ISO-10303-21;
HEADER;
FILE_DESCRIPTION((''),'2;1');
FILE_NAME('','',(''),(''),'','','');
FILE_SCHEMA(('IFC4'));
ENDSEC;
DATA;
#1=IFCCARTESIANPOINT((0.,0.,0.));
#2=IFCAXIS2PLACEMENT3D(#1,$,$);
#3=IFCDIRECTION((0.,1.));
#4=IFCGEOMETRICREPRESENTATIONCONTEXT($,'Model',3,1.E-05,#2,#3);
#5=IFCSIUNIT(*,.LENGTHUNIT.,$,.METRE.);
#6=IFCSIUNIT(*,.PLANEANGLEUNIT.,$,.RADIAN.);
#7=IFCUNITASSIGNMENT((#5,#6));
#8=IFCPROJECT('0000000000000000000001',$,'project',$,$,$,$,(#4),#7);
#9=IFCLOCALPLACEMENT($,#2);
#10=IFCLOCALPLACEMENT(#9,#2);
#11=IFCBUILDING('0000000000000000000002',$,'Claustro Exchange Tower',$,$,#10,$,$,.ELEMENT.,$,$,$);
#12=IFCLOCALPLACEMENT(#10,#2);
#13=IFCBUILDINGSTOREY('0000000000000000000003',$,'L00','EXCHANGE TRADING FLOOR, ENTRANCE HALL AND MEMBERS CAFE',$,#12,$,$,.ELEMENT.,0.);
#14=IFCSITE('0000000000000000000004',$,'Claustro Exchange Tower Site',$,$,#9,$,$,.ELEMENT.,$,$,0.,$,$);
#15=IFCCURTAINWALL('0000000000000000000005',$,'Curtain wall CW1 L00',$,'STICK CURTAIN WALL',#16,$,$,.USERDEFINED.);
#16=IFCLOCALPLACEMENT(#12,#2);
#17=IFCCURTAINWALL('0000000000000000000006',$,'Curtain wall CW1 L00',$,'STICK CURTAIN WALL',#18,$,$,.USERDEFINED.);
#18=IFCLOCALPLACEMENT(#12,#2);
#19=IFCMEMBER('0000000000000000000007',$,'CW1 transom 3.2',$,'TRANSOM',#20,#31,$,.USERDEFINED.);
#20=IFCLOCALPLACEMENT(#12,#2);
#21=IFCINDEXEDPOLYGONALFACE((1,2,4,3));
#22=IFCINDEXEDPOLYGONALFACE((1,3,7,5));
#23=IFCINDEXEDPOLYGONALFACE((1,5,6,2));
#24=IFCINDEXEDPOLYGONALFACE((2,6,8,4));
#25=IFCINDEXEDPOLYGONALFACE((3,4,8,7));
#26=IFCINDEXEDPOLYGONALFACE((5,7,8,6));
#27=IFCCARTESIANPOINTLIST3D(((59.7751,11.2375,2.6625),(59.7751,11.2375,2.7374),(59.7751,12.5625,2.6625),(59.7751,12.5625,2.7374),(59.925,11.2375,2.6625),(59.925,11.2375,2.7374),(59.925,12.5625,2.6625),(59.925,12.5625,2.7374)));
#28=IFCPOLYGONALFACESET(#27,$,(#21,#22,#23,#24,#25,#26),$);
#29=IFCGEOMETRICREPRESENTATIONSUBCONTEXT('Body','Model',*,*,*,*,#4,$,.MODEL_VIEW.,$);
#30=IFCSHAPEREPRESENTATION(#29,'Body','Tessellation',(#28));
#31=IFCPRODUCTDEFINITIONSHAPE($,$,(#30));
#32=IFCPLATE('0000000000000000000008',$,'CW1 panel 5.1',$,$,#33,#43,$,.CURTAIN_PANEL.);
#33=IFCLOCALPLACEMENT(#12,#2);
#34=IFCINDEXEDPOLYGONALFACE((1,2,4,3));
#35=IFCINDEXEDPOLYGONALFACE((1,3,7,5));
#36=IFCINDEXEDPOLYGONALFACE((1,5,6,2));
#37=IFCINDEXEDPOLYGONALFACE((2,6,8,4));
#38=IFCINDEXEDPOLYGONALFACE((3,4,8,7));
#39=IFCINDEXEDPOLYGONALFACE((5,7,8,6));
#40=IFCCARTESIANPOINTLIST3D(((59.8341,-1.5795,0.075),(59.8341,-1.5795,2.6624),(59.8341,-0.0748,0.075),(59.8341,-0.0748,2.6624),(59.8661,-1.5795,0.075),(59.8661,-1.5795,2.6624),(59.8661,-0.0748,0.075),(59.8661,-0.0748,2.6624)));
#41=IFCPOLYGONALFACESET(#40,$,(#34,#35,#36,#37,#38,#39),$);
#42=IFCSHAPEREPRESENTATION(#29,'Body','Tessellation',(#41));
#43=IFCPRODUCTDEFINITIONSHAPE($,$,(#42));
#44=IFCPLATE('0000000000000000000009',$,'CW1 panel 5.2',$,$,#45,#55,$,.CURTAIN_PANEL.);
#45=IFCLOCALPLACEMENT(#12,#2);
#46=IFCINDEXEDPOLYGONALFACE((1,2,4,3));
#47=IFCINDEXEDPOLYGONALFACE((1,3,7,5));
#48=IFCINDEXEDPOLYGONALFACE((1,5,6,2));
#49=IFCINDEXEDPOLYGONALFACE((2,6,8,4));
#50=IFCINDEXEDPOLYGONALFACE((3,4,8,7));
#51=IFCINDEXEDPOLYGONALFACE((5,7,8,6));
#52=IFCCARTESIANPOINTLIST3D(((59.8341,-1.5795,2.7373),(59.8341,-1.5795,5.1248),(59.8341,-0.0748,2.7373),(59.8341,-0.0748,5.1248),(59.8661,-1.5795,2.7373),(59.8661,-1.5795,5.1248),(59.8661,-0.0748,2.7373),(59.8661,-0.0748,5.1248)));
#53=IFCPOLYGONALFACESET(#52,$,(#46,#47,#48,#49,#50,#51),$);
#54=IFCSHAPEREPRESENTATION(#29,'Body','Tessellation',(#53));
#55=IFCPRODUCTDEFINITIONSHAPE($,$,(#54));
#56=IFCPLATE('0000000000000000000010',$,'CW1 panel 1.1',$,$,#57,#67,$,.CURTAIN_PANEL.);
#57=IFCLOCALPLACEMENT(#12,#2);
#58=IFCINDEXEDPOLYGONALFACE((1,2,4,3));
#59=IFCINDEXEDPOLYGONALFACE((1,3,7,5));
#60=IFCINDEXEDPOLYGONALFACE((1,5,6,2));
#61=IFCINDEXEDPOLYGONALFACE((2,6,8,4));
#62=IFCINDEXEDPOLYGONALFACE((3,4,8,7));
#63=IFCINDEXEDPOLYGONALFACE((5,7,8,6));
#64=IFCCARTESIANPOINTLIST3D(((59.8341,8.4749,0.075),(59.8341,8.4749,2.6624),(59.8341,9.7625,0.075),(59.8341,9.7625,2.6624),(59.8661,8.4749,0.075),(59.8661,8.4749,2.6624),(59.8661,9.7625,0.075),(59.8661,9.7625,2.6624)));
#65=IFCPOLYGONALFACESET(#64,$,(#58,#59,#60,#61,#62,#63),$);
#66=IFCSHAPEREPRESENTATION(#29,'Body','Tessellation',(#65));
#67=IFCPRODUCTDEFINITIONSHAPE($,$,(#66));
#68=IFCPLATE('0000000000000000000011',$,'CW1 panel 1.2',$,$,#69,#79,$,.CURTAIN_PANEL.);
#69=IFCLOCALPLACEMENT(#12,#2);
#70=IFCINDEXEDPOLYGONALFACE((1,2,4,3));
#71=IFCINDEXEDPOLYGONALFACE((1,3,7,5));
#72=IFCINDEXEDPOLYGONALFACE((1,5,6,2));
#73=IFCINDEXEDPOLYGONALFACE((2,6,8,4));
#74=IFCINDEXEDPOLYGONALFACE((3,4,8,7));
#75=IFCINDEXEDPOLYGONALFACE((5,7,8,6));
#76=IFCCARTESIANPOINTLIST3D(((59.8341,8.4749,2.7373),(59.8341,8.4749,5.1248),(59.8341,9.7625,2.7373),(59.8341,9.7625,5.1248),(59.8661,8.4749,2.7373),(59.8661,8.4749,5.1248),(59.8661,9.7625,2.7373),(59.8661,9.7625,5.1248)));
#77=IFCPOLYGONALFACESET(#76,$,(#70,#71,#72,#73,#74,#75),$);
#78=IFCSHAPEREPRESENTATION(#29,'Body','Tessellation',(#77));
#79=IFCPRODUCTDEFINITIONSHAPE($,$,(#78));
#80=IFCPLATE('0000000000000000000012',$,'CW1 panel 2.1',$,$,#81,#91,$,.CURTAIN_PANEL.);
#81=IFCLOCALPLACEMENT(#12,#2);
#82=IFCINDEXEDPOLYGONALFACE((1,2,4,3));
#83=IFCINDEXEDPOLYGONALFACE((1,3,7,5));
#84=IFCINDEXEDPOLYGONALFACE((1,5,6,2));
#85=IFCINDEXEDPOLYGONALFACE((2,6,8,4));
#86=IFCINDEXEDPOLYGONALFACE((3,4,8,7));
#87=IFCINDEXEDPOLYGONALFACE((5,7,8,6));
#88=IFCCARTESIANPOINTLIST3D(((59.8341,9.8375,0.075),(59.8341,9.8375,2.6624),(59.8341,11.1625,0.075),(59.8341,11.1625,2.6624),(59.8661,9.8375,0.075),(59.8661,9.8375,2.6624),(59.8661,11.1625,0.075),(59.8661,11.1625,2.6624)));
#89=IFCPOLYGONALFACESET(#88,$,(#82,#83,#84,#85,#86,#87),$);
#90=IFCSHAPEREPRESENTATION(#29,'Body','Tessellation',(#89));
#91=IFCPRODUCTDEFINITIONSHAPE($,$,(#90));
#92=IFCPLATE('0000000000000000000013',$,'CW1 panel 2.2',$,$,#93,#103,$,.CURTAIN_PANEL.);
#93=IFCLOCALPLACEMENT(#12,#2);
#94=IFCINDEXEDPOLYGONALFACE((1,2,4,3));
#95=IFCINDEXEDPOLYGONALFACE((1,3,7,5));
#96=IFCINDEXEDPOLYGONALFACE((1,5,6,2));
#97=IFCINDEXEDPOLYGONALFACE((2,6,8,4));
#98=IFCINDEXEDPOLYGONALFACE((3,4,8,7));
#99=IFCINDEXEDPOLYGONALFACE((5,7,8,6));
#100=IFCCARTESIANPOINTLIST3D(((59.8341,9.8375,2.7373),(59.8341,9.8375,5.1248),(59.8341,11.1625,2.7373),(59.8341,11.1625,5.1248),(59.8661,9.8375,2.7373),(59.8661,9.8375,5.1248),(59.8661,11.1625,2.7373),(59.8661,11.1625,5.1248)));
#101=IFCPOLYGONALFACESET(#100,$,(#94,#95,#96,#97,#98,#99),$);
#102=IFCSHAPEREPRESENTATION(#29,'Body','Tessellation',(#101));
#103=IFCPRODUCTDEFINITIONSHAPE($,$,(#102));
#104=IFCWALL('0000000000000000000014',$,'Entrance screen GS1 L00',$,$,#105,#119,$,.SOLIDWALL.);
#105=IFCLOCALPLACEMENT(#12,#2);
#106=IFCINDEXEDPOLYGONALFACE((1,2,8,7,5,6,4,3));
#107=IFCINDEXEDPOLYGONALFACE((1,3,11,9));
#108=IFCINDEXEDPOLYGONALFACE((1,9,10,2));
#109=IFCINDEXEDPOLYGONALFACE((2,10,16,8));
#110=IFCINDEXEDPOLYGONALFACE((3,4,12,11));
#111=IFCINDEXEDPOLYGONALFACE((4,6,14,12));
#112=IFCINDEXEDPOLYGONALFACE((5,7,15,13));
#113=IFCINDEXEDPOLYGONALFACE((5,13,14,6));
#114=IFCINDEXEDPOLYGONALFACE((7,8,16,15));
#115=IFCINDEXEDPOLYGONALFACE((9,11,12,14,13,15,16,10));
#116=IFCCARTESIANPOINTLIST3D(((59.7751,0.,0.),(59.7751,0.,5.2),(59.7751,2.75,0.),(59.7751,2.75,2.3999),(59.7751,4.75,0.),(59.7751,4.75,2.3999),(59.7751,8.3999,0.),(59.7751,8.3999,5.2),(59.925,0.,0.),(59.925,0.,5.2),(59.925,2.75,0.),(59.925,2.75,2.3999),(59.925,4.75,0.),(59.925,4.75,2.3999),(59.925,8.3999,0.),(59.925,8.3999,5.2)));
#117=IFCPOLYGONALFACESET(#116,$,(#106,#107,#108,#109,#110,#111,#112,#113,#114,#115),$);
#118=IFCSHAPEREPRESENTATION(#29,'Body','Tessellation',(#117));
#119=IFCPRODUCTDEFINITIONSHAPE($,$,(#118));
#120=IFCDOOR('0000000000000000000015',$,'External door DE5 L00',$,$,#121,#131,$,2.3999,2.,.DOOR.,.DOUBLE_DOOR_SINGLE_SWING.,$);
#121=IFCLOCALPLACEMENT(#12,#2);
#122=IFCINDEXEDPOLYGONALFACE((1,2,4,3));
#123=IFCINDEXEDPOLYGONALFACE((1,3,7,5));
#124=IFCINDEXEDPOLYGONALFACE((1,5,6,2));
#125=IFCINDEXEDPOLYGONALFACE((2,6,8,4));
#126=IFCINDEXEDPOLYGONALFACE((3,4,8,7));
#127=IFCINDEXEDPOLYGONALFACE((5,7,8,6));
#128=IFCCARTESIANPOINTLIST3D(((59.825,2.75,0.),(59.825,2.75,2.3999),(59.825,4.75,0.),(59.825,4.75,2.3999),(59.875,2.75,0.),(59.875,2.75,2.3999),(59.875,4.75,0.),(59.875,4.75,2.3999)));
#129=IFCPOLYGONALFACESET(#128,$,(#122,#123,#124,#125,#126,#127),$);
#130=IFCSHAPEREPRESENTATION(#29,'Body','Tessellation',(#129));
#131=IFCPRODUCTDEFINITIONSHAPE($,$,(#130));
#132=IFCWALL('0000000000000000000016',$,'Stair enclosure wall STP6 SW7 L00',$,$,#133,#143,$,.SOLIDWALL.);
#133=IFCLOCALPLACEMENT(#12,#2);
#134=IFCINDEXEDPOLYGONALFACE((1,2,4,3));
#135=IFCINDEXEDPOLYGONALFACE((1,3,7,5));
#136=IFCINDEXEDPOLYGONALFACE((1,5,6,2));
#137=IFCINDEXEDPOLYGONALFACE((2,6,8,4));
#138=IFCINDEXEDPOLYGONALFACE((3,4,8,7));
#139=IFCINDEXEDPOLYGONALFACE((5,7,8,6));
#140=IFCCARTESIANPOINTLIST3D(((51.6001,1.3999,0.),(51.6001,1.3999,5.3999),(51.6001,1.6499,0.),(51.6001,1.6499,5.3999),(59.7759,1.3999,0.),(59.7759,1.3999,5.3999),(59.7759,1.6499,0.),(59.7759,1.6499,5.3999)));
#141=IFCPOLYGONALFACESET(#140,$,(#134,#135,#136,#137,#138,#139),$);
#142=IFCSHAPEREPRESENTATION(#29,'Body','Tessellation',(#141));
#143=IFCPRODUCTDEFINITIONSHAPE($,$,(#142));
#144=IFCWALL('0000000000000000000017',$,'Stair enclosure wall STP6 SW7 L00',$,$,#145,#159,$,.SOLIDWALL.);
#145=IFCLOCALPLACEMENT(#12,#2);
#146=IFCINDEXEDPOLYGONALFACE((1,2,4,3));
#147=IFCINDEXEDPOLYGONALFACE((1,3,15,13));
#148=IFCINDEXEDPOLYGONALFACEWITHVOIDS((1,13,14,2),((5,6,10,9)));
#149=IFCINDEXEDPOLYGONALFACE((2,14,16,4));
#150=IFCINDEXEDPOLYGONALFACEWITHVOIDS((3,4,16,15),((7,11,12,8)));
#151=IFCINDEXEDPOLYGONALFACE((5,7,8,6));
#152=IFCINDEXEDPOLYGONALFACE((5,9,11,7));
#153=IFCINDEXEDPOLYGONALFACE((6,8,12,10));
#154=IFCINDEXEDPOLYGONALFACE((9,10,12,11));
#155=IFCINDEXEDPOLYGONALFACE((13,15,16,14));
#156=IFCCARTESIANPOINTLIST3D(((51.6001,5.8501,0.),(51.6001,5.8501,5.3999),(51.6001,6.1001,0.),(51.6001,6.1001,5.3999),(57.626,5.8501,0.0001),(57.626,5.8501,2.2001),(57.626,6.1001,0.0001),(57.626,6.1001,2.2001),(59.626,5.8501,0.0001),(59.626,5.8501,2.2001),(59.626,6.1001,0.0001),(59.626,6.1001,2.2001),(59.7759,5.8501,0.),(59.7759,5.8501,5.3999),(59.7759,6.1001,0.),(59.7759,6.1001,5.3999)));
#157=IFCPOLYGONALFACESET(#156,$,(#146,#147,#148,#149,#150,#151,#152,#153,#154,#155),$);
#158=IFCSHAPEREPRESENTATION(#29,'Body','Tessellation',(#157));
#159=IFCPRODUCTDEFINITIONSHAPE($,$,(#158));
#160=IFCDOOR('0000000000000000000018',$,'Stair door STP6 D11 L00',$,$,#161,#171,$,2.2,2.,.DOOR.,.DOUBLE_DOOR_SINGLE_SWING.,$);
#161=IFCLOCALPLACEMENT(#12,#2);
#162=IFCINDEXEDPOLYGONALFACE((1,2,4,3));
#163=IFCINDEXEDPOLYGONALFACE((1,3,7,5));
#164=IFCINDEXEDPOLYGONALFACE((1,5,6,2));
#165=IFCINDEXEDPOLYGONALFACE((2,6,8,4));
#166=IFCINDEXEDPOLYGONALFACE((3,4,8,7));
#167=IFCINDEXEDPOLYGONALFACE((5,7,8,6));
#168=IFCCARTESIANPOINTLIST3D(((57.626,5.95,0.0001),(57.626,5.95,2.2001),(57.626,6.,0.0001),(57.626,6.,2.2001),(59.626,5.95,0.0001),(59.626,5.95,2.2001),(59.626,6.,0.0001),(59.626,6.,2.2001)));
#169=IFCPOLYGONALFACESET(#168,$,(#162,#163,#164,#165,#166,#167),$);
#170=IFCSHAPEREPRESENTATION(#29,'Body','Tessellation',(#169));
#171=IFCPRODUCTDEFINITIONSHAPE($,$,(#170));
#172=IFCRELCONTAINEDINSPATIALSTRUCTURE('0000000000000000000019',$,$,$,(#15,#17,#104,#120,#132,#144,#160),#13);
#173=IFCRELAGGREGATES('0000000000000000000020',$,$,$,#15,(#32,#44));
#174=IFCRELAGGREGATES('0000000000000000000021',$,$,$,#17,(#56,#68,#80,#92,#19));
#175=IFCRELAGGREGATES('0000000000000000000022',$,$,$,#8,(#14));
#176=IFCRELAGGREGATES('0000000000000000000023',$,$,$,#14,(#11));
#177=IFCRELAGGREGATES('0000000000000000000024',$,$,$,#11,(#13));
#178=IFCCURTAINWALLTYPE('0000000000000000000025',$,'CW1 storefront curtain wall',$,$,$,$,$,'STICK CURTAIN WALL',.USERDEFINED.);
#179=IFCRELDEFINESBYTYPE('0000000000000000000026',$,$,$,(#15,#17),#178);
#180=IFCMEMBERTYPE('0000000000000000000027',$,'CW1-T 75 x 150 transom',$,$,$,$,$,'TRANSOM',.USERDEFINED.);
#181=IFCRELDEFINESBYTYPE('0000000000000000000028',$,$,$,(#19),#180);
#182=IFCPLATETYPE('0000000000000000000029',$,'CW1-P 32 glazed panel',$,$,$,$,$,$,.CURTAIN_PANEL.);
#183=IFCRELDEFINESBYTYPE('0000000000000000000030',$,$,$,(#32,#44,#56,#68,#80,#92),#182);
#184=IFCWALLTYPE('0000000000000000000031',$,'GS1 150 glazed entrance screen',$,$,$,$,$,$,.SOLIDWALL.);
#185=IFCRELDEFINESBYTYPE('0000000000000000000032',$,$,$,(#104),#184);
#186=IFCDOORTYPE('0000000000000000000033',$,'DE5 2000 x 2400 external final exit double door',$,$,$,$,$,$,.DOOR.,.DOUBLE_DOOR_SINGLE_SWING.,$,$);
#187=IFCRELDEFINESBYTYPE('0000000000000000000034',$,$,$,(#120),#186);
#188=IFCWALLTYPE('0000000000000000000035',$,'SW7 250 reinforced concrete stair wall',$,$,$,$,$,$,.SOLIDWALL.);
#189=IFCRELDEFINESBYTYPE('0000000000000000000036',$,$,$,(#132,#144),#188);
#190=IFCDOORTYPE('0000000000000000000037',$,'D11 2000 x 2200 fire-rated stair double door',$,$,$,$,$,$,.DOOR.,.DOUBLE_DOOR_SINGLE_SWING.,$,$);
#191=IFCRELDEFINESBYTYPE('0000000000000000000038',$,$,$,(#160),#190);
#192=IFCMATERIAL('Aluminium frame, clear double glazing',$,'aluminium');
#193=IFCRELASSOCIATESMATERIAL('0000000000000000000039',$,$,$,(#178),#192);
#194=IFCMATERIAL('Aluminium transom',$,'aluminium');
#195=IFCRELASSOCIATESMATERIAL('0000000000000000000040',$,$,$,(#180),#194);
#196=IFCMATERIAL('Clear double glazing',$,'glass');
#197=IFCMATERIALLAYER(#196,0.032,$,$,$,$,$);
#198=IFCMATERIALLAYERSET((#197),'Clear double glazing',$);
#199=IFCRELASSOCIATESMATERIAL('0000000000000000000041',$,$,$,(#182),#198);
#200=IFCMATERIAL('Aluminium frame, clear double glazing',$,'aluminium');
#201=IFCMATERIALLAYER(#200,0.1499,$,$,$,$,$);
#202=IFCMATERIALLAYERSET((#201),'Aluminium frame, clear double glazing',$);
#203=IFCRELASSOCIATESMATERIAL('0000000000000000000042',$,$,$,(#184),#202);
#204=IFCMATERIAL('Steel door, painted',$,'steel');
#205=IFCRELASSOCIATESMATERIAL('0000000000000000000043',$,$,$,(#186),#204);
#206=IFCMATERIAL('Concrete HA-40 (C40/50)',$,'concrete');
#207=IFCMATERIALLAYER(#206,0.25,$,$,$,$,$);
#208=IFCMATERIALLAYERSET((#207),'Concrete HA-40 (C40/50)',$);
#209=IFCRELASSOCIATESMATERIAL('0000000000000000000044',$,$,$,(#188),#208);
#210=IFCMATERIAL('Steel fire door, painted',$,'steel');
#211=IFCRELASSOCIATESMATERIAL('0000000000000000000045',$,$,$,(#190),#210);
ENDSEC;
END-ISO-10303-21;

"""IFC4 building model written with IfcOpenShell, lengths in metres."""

from ifc_helpers import new_model, si_unit, direction, frame, frame_2d, origin, origin_2d, place, context, subcontext, project, spatial, rectangle, extrude, material, layer, layer_set, material_profile, profile_set, type_object, element, fill, aggregate, save


model = new_model("IFC4")

# Units and contexts
model_context = context("Model", 3, precision=1e-05, world=origin(), true_north=direction((0.0, 1.0)))
body_context = subcontext(model_context, "Body", "Model", "MODEL_VIEW")
ifc_project = project(units=[si_unit("LENGTHUNIT", "METRE"), si_unit("PLANEANGLEUNIT", "RADIAN")], contexts=[model_context])

# Site, building, storey
site_placement = place(None, origin())
site = spatial("IfcSite", under=ifc_project, at=site_placement, Name="Claustro Exchange Tower Site", CompositionType="ELEMENT", RefElevation=0.0)
building_placement = place(site_placement, origin())
building = spatial("IfcBuilding", under=site, at=building_placement, Name="Claustro Exchange Tower", CompositionType="ELEMENT")
storey_placement = place(building_placement, origin())
storey = spatial("IfcBuildingStorey", under=building, at=storey_placement, Name="L00", Description="EXCHANGE TRADING FLOOR, ENTRANCE HALL AND MEMBERS CAFE", CompositionType="ELEMENT", Elevation=0.0)

# Curtain wall
ifc_material_1 = material(Name="Aluminium frame, clear double glazing", Category="aluminium")
curtain_wall_type = type_object("IfcCurtainWallType", Name="CW1 storefront curtain wall", ElementType="STICK CURTAIN WALL", PredefinedType="USERDEFINED", material=ifc_material_1)
curtain_wall_1_placement = place(storey_placement, origin())
curtain_wall_1 = element("IfcCurtainWall", 1, at=curtain_wall_1_placement, inside=storey, type_object=curtain_wall_type, Name="Curtain wall CW1 L00", ObjectType="STICK CURTAIN WALL", PredefinedType="USERDEFINED")

# Curtain wall, member
curtain_wall_2_placement = place(storey_placement, origin())
curtain_wall_2 = element("IfcCurtainWall", 2, at=curtain_wall_2_placement, inside=storey, type_object=curtain_wall_type, Name="Curtain wall CW1 L00", ObjectType="STICK CURTAIN WALL", PredefinedType="USERDEFINED")
ifc_material_2 = material(Name="Aluminium transom", Category="aluminium")
ifc_material_profile_1 = material_profile(ifc_material_2, rectangle(XDim=0.1499, YDim=0.075, at=origin_2d()), Name="CW1-T 75x150")
ifc_profile_set_1 = profile_set([ifc_material_profile_1], Name="Aluminium transom")
member_type_1 = type_object("IfcMemberType", Name="CW1-T 75 x 150 transom", ElementType="TRANSOM", PredefinedType="USERDEFINED", material=ifc_profile_set_1)
member_1_placement = place(storey_placement, frame((59.8501, 11.2375, 2.7), z_axis=(0.0, 1.0, 0.0), x_axis=(-1.0, 0.0, 0.0)))
member_1 = element("IfcMember", 3, at=member_1_placement, type_object=member_type_1, Name="CW1 transom 3.2", ObjectType="TRANSOM", PredefinedType="USERDEFINED", context=body_context, shape_type="SweptSolid", body=[
    extrude(rectangle(XDim=0.1499, YDim=0.075, at=origin_2d()), origin(), (0.0, 0.0, 1.0), 1.325),
])

# Plates
ifc_material_3 = material(Name="Clear double glazing", Category="glass")
ifc_layer_1 = layer(ifc_material_3, 0.032)
ifc_layer_set_1 = layer_set([ifc_layer_1], Name="Clear double glazing")
plate_type = type_object("IfcPlateType", Name="CW1-P 32 glazed panel", PredefinedType="CURTAIN_PANEL", material=ifc_layer_set_1)
plate_1_placement = place(storey_placement, frame((59.8501, -0.8271, 0.075), z_axis=(0.0, 0.0, 1.0), x_axis=(0.0, 1.0, 0.0)))
plate_1 = element("IfcPlate", 4, at=plate_1_placement, type_object=plate_type, Name="CW1 panel 5.1", PredefinedType="CURTAIN_PANEL", context=body_context, shape_type="SweptSolid", body=[
    extrude(rectangle(XDim=1.5046, YDim=0.032, at=origin_2d()), origin(), (0.0, 0.0, 1.0), 2.5874),
])
plate_2_placement = place(storey_placement, frame((59.8501, -0.8271, 2.7373), z_axis=(0.0, 0.0, 1.0), x_axis=(0.0, 1.0, 0.0)))
plate_2 = element("IfcPlate", 5, at=plate_2_placement, type_object=plate_type, Name="CW1 panel 5.2", PredefinedType="CURTAIN_PANEL", context=body_context, shape_type="SweptSolid", body=[
    extrude(rectangle(XDim=1.5046, YDim=0.032, at=origin_2d()), origin(), (0.0, 0.0, 1.0), 2.3875),
])
aggregate(curtain_wall_1, [plate_1, plate_2])
plate_3_placement = place(storey_placement, frame((59.8501, 9.1187, 0.075), z_axis=(0.0, 0.0, 1.0), x_axis=(0.0, 1.0, 0.0)))
plate_3 = element("IfcPlate", 6, at=plate_3_placement, type_object=plate_type, Name="CW1 panel 1.1", PredefinedType="CURTAIN_PANEL", context=body_context, shape_type="SweptSolid", body=[
    extrude(rectangle(XDim=1.2876, YDim=0.032, at=origin_2d()), origin(), (0.0, 0.0, 1.0), 2.5874),
])
plate_4_placement = place(storey_placement, frame((59.8501, 9.1187, 2.7373), z_axis=(0.0, 0.0, 1.0), x_axis=(0.0, 1.0, 0.0)))
plate_4 = element("IfcPlate", 7, at=plate_4_placement, type_object=plate_type, Name="CW1 panel 1.2", PredefinedType="CURTAIN_PANEL", context=body_context, shape_type="SweptSolid", body=[
    extrude(rectangle(XDim=1.2876, YDim=0.032, at=origin_2d()), origin(), (0.0, 0.0, 1.0), 2.3875),
])
plate_5_placement = place(storey_placement, frame((59.8501, 10.5, 0.075), z_axis=(0.0, 0.0, 1.0), x_axis=(0.0, 1.0, 0.0)))
plate_5 = element("IfcPlate", 8, at=plate_5_placement, type_object=plate_type, Name="CW1 panel 2.1", PredefinedType="CURTAIN_PANEL", context=body_context, shape_type="SweptSolid", body=[
    extrude(rectangle(XDim=1.325, YDim=0.032, at=origin_2d()), origin(), (0.0, 0.0, 1.0), 2.5874),
])
plate_6_placement = place(storey_placement, frame((59.8501, 10.5, 2.7373), z_axis=(0.0, 0.0, 1.0), x_axis=(0.0, 1.0, 0.0)))
plate_6 = element("IfcPlate", 9, at=plate_6_placement, type_object=plate_type, Name="CW1 panel 2.2", PredefinedType="CURTAIN_PANEL", context=body_context, shape_type="SweptSolid", body=[
    extrude(rectangle(XDim=1.325, YDim=0.032, at=origin_2d()), origin(), (0.0, 0.0, 1.0), 2.3875),
])
aggregate(curtain_wall_2, [plate_3, plate_4, plate_5, plate_6, member_1])

# Wall, opening, door
ifc_material_4 = material(Name="Aluminium frame, clear double glazing", Category="aluminium")
ifc_layer_2 = layer(ifc_material_4, 0.1499)
ifc_layer_set_2 = layer_set([ifc_layer_2], Name="Aluminium frame, clear double glazing")
wall_type_1 = type_object("IfcWallType", Name="GS1 150 glazed entrance screen", PredefinedType="SOLIDWALL", material=ifc_layer_set_2)
wall_1_placement = place(storey_placement, frame((59.8501, 0.0, 0.0), z_axis=(0.0, 0.0, 1.0), x_axis=(0.0, 1.0, 0.0)))
wall_1 = element("IfcWall", 10, at=wall_1_placement, inside=storey, type_object=wall_type_1, Name="Entrance screen GS1 L00", PredefinedType="SOLIDWALL", context=body_context, shape_type="SweptSolid", body=[
    extrude(rectangle(XDim=8.3999, YDim=0.1499, at=frame_2d((4.2, 0.0))), origin(), (0.0, 0.0, 1.0), 5.2),
])
opening_1_placement = place(wall_1_placement, frame((2.75, 0.0, 0.0)))
opening_1 = element("IfcOpeningElement", 11, at=opening_1_placement, cuts=wall_1, PredefinedType="OPENING", context=body_context, shape_type="SweptSolid", body=[
    extrude(rectangle(XDim=2.0, YDim=2.3999, at=frame_2d((1.0, 1.2))), frame((0.0, 0.085, 0.0), z_axis=(0.0, -1.0, 0.0), x_axis=(1.0, 0.0, 0.0)), (0.0, 0.0, 1.0), 0.1699),
])
ifc_material_5 = material(Name="Steel door, painted", Category="steel")
door_type_1 = type_object("IfcDoorType", Name="DE5 2000 x 2400 external final exit double door", OperationType="DOUBLE_DOOR_SINGLE_SWING", PredefinedType="DOOR", material=ifc_material_5)
door_1_placement = place(opening_1_placement, frame((2.0, 0.0, 0.0), z_axis=(0.0, 0.0, 1.0), x_axis=(-1.0, 0.0, 0.0)))
door_1 = element("IfcDoor", 12, at=door_1_placement, inside=storey, type_object=door_type_1, Name="External door DE5 L00", OperationType="DOUBLE_DOOR_SINGLE_SWING", OverallHeight=2.3999, OverallWidth=2.0, PredefinedType="DOOR", context=body_context, shape_type="SweptSolid", body=[
    extrude(rectangle(XDim=2.0, YDim=2.3999, at=frame_2d((1.0, 1.2))), frame((0.0, 0.0249, 0.0), z_axis=(0.0, -1.0, 0.0), x_axis=(1.0, 0.0, 0.0)), (0.0, 0.0, 1.0), 0.05),
])
fill(opening_1, door_1)

# Wall
ifc_material_6 = material(Name="Concrete HA-40 (C40/50)", Category="concrete")
ifc_layer_3 = layer(ifc_material_6, 0.25)
ifc_layer_set_3 = layer_set([ifc_layer_3], Name="Concrete HA-40 (C40/50)")
wall_type_2 = type_object("IfcWallType", Name="SW7 250 reinforced concrete stair wall", PredefinedType="SOLIDWALL", material=ifc_layer_set_3)
wall_2_placement = place(storey_placement, frame((59.7759, 1.5249, 0.0), z_axis=(0.0, 0.0, 1.0), x_axis=(-1.0, 0.0, 0.0)))
element("IfcWall", 13, at=wall_2_placement, inside=storey, type_object=wall_type_2, Name="Stair enclosure wall STP6 SW7 L00", PredefinedType="SOLIDWALL", context=body_context, shape_type="SweptSolid", body=[
    extrude(rectangle(XDim=8.1758, YDim=0.25, at=frame_2d((4.0879, 0.0))), origin(), (0.0, 0.0, 1.0), 5.3999),
])

# Wall, opening, door
wall_3_placement = place(storey_placement, frame((59.7759, 5.9751, 0.0), z_axis=(0.0, 0.0, 1.0), x_axis=(-1.0, 0.0, 0.0)))
wall_3 = element("IfcWall", 14, at=wall_3_placement, inside=storey, type_object=wall_type_2, Name="Stair enclosure wall STP6 SW7 L00", PredefinedType="SOLIDWALL", context=body_context, shape_type="SweptSolid", body=[
    extrude(rectangle(XDim=8.1758, YDim=0.25, at=frame_2d((4.0879, 0.0))), origin(), (0.0, 0.0, 1.0), 5.3999),
])
opening_2_placement = place(wall_3_placement, frame((0.1499, 0.0, 0.0)))
opening_2 = element("IfcOpeningElement", 15, at=opening_2_placement, cuts=wall_3, PredefinedType="OPENING", context=body_context, shape_type="SweptSolid", body=[
    extrude(rectangle(XDim=2.0, YDim=2.2, at=frame_2d((1.0, 1.1001))), frame((0.0, 0.135, 0.0), z_axis=(0.0, -1.0, 0.0), x_axis=(1.0, 0.0, 0.0)), (0.0, 0.0, 1.0), 0.27),
])
ifc_material_7 = material(Name="Steel fire door, painted", Category="steel")
door_type_2 = type_object("IfcDoorType", Name="D11 2000 x 2200 fire-rated stair double door", OperationType="DOUBLE_DOOR_SINGLE_SWING", PredefinedType="DOOR", material=ifc_material_7)
door_2_placement = place(opening_2_placement, frame((2.0, 0.0, 0.0), z_axis=(0.0, 0.0, 1.0), x_axis=(-1.0, 0.0, 0.0)))
door_2 = element("IfcDoor", 16, at=door_2_placement, inside=storey, type_object=door_type_2, Name="Stair door STP6 D11 L00", OperationType="DOUBLE_DOOR_SINGLE_SWING", OverallHeight=2.2, OverallWidth=2.0, PredefinedType="DOOR", context=body_context, shape_type="SweptSolid", body=[
    extrude(rectangle(XDim=2.0, YDim=2.2, at=frame_2d((1.0, 1.1001))), frame((0.0, 0.0249, 0.0), z_axis=(0.0, -1.0, 0.0), x_axis=(1.0, 0.0, 0.0)), (0.0, 0.0, 1.0), 0.05),
])
fill(opening_2, door_2)

save(model, "model.ifc")
